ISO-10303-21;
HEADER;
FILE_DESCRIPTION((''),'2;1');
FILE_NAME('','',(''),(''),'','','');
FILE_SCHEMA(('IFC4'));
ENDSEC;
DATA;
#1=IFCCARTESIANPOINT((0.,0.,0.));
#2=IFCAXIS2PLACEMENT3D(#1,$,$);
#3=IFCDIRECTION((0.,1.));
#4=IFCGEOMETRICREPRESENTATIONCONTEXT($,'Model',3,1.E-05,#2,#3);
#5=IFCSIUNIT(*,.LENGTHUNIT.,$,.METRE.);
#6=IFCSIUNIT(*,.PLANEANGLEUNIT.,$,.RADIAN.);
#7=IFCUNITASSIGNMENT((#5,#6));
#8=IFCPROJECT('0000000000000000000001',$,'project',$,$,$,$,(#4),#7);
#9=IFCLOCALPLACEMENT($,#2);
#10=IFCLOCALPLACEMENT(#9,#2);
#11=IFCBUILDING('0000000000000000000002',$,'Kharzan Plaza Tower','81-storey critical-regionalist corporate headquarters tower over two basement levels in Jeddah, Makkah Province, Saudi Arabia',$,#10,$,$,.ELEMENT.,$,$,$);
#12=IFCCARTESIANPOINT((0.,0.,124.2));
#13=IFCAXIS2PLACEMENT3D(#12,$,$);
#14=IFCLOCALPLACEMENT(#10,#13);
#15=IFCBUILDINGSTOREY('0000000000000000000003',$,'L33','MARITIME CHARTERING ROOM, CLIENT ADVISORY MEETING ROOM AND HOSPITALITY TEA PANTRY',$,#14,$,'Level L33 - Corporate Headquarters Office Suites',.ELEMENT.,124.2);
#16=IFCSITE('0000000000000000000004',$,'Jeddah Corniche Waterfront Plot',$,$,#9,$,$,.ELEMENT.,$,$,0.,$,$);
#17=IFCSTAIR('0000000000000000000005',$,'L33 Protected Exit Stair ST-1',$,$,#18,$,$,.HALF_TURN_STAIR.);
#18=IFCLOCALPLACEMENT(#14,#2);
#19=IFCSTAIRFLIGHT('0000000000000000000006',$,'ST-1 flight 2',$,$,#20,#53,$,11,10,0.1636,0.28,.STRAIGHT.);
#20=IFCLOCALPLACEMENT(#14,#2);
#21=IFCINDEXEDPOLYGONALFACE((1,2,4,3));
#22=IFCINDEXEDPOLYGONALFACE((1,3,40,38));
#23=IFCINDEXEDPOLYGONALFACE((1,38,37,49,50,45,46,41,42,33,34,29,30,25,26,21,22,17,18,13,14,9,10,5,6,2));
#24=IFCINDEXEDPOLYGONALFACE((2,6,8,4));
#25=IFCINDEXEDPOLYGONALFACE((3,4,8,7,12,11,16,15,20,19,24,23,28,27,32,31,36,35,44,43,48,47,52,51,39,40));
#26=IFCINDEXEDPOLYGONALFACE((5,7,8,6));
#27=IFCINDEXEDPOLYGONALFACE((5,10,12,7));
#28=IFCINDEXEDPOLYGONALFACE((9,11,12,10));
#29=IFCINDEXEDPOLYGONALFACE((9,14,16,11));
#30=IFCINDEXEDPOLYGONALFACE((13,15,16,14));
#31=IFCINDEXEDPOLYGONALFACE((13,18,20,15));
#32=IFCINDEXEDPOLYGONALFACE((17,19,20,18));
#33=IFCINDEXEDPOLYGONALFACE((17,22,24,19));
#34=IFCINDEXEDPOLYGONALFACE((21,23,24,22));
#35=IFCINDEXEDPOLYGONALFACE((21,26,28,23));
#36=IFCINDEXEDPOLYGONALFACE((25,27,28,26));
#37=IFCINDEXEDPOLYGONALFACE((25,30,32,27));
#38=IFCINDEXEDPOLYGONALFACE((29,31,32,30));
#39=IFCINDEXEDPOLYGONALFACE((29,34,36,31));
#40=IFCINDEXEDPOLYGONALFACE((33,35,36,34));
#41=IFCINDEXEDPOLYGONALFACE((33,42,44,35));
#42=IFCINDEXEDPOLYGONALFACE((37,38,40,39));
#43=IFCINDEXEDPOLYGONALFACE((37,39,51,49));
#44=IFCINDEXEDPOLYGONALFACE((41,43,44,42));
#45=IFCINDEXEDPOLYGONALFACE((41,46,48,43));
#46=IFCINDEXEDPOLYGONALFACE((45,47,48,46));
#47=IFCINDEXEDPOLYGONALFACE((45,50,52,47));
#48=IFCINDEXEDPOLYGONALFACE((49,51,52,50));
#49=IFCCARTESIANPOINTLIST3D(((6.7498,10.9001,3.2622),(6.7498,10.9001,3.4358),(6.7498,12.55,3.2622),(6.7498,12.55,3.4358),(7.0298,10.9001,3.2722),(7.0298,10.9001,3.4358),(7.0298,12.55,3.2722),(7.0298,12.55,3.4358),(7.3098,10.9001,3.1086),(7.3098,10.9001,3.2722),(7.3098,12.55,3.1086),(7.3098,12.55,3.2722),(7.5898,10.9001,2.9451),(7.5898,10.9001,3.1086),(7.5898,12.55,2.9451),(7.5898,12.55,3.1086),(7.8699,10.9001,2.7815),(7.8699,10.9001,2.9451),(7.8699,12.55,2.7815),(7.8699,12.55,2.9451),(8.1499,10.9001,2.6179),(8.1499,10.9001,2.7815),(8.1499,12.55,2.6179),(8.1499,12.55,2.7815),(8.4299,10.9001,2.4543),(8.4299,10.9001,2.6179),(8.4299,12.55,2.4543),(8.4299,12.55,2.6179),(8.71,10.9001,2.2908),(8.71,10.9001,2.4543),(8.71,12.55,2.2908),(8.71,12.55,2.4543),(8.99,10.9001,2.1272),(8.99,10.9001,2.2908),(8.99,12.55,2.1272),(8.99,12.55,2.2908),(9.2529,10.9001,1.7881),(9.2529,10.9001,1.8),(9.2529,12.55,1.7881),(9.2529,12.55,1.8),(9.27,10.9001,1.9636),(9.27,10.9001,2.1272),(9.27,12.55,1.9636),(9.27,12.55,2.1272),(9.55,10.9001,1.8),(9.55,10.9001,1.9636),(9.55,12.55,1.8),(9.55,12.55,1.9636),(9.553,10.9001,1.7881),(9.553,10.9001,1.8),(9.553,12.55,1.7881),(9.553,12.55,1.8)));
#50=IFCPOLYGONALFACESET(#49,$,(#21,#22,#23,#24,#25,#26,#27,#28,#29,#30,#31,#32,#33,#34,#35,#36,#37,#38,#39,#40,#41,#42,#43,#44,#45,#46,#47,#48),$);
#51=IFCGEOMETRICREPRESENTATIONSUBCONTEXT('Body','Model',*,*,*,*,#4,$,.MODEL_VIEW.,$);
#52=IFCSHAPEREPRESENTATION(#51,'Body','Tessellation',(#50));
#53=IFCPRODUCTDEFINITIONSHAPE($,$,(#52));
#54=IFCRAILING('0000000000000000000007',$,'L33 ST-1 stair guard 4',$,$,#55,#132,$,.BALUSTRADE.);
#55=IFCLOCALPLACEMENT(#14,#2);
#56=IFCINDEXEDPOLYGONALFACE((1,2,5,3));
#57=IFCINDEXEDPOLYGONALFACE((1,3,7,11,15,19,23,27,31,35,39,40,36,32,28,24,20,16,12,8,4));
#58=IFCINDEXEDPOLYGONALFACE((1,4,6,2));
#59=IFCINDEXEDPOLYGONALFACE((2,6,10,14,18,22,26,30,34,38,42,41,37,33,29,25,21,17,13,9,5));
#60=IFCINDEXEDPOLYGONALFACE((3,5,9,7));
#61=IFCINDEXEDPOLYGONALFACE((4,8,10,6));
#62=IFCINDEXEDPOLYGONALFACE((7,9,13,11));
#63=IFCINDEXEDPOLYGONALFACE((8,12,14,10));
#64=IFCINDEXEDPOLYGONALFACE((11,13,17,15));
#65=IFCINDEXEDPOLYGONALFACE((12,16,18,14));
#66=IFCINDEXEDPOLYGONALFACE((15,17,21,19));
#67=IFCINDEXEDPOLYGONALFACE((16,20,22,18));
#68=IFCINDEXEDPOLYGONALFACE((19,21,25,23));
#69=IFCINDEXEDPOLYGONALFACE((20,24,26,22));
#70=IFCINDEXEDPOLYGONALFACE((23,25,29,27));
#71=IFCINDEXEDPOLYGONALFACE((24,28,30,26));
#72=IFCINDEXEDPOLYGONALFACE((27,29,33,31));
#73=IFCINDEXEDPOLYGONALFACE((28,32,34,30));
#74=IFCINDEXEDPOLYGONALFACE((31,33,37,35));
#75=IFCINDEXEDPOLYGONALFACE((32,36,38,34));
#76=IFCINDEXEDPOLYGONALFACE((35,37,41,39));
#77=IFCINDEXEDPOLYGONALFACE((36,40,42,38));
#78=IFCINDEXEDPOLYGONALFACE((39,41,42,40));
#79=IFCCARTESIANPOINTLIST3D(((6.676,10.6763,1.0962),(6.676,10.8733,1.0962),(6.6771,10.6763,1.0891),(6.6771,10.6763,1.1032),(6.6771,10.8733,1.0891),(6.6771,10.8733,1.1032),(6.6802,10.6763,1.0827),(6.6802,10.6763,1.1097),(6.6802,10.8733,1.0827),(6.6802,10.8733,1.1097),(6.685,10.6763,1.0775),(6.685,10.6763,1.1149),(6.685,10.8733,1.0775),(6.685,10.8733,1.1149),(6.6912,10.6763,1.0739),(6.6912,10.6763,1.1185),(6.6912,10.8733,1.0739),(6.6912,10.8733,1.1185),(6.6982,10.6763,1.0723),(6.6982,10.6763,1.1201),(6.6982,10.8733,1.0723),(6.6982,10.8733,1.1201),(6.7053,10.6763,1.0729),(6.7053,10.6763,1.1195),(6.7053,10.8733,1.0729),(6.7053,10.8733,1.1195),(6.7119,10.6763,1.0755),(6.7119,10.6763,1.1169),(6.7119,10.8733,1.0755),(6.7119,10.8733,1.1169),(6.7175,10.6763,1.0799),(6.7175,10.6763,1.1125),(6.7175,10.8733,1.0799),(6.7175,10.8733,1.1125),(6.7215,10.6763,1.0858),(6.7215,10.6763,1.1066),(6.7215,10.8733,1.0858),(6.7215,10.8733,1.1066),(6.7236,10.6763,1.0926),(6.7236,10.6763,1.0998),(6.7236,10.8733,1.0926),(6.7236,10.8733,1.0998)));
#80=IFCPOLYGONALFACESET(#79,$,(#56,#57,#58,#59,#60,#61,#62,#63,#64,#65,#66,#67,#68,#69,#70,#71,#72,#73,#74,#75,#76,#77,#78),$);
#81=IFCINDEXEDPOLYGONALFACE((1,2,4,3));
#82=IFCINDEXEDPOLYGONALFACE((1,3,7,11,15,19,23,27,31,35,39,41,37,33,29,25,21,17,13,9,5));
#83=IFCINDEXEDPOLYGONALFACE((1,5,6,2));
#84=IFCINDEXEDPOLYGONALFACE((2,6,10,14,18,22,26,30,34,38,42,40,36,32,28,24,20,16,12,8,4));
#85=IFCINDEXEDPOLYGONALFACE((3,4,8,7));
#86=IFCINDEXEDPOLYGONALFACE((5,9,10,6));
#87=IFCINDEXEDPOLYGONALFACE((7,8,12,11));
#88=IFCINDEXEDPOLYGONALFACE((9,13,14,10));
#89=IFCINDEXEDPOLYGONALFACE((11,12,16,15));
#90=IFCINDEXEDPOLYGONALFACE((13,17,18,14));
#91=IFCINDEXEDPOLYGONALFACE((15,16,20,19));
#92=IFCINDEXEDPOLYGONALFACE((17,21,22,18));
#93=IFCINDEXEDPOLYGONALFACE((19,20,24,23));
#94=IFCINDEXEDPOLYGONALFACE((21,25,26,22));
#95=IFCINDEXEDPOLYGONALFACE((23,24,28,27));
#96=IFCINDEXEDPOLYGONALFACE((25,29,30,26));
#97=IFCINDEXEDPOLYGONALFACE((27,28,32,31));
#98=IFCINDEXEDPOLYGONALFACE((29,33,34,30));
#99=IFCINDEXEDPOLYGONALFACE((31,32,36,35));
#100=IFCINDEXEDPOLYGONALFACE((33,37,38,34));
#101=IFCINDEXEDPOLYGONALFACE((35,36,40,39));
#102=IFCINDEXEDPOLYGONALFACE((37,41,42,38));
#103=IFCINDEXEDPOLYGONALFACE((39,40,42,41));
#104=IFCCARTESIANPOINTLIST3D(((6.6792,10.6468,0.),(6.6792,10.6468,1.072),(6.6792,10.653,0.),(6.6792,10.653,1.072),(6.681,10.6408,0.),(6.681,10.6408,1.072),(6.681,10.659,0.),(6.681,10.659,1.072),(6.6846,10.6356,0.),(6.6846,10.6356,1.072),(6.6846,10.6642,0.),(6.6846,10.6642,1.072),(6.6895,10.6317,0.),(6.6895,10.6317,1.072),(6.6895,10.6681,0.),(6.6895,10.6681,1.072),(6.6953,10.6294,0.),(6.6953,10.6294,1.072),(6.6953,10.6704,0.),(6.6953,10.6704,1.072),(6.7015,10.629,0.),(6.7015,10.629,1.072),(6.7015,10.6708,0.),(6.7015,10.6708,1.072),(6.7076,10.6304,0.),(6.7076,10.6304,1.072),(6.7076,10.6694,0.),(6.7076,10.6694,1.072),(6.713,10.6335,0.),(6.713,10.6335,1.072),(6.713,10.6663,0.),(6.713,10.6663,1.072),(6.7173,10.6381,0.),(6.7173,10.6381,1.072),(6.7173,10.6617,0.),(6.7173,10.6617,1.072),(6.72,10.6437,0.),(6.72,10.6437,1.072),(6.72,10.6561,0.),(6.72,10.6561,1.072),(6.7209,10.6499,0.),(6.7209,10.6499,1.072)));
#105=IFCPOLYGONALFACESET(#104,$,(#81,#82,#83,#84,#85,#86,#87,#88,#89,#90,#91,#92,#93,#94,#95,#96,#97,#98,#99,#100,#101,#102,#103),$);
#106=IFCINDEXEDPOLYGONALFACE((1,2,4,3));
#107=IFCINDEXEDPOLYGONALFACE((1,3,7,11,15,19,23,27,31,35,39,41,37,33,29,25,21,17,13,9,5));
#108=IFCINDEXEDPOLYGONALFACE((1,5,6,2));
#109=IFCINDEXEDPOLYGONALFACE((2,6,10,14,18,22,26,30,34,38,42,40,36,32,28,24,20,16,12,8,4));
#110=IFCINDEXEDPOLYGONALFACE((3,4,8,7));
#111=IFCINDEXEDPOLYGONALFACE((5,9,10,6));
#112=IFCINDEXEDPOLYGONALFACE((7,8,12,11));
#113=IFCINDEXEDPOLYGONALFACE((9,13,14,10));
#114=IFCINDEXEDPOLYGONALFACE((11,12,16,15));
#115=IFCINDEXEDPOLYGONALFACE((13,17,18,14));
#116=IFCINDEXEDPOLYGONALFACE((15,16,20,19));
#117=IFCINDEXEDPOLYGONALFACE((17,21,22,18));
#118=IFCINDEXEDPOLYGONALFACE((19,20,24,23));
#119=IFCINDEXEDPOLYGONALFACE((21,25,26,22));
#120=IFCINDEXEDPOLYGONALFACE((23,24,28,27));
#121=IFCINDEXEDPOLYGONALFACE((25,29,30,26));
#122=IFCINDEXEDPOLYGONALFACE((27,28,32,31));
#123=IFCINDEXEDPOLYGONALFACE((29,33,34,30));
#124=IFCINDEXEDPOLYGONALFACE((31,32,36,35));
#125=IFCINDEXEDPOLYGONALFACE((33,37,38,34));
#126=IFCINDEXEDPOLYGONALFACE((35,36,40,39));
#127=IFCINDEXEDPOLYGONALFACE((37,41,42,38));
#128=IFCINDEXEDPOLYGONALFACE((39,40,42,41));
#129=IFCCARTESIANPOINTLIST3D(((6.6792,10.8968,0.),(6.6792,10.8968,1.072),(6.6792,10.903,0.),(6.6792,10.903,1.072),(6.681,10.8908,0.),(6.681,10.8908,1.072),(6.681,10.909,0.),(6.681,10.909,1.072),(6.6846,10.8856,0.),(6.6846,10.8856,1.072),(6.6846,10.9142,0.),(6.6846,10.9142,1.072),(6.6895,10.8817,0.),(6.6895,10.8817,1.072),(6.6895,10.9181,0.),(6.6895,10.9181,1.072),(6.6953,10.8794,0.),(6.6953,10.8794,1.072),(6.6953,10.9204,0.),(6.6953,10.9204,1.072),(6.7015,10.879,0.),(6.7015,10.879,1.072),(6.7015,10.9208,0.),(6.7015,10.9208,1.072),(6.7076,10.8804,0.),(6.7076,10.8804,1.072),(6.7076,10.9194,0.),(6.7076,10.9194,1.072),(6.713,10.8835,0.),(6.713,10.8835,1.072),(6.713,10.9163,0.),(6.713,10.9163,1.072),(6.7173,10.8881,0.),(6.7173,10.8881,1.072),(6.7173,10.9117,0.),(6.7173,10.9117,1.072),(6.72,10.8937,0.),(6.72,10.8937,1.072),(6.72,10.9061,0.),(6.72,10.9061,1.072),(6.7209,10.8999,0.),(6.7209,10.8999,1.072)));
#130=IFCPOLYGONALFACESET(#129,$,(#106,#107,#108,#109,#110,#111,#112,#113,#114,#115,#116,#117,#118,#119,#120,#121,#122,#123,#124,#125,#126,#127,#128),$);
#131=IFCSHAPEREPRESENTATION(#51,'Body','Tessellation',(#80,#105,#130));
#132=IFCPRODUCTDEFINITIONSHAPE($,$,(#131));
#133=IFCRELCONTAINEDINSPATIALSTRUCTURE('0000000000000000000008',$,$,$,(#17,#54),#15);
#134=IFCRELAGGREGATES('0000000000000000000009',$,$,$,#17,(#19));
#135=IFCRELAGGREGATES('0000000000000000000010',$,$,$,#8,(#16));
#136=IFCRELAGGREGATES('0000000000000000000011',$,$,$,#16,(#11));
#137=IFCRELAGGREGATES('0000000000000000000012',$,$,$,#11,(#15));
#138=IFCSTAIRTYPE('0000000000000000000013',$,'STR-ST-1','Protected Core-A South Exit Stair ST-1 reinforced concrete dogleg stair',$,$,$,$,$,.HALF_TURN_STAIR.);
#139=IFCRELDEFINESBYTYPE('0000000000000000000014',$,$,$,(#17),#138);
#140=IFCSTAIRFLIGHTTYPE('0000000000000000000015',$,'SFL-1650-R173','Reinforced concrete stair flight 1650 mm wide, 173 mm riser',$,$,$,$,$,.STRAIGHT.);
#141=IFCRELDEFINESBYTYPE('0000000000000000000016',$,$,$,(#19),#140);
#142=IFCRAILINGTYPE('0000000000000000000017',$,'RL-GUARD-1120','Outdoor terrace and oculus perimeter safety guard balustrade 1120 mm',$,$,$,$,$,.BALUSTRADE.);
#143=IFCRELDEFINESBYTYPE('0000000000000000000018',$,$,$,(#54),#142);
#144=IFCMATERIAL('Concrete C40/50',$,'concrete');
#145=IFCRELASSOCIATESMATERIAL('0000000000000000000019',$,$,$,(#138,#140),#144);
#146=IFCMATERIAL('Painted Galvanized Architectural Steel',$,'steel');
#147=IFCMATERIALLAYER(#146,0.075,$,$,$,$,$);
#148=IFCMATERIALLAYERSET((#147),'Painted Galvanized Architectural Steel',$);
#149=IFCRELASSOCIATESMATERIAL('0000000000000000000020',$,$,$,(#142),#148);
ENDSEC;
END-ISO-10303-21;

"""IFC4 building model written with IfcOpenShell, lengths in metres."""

from ifc_helpers import new_model, si_unit, direction, frame, origin, origin_2d, place, context, subcontext, project, spatial, polyline, circle, outline, extrude, source, transform, mapped, material, layer, layer_set, type_object, element, aggregate, save


model = new_model("IFC4")

# Units and contexts
model_context = context("Model", 3, precision=1e-05, world=origin(), true_north=direction((0.0, 1.0)))
body_context = subcontext(model_context, "Body", "Model", "MODEL_VIEW")
ifc_project = project(units=[si_unit("LENGTHUNIT", "METRE"), si_unit("PLANEANGLEUNIT", "RADIAN")], contexts=[model_context])

# Site, building, storey
site_placement = place(None, origin())
site = spatial("IfcSite", under=ifc_project, at=site_placement, Name="Jeddah Corniche Waterfront Plot", CompositionType="ELEMENT", RefElevation=0.0)
building_placement = place(site_placement, origin())
building = spatial("IfcBuilding", under=site, at=building_placement, Name="Kharzan Plaza Tower", Description="81-storey critical-regionalist corporate headquarters tower over two basement levels in Jeddah, Makkah Province, Saudi Arabia", CompositionType="ELEMENT")
storey_placement = place(building_placement, frame((0.0, 0.0, 124.2)))
storey = spatial("IfcBuildingStorey", under=building, at=storey_placement, Name="L33", Description="MARITIME CHARTERING ROOM, CLIENT ADVISORY MEETING ROOM AND HOSPITALITY TEA PANTRY", LongName="Level L33 - Corporate Headquarters Office Suites", CompositionType="ELEMENT", Elevation=124.2)

# Shared definitions
ifc_material_1 = material(Name="Concrete C40/50", Category="concrete")

# Stair, stair flight
stair_type = type_object("IfcStairType", Name="STR-ST-1", Description="Protected Core-A South Exit Stair ST-1 reinforced concrete dogleg stair", PredefinedType="HALF_TURN_STAIR", material=ifc_material_1)
stair_placement = place(storey_placement, origin())
stair = element("IfcStair", 1, at=stair_placement, inside=storey, type_object=stair_type, Name="L33 Protected Exit Stair ST-1", PredefinedType="HALF_TURN_STAIR")
stair_flight_type = type_object("IfcStairFlightType", Name="SFL-1650-R173", Description="Reinforced concrete stair flight 1650 mm wide, 173 mm riser", PredefinedType="STRAIGHT", material=ifc_material_1)
shared_shape_1 = source(origin(), body_context, "Body", "SweptSolid", [
    extrude(outline(polyline([(-0.0029, -0.012), (-0.0029, 0.0), (0.0, 0.0), (0.0, 0.1636), (0.28, 0.1636), (0.28, 0.3271), (0.5601, 0.3271), (0.5601, 0.4907), (0.8401, 0.4907), (0.8401, 0.6543), (1.1201, 0.6543), (1.1201, 0.8179), (1.4001, 0.8179), (1.4001, 0.9814), (1.6802, 0.9814), (1.6802, 1.145), (1.9602, 1.145), (1.9602, 1.3086), (2.2402, 1.3086), (2.2402, 1.4722), (2.5203, 1.4722), (2.5203, 1.6357), (2.8003, 1.6357), (2.8003, 1.7993), (2.8003, 1.4622), (0.2971, 0.0), (0.2971, -0.012), (-0.0029, -0.012)])), frame((0.0, 0.825, 0.0), z_axis=(0.0, -1.0, 0.0), x_axis=(1.0, 0.0, 0.0)), (0.0, 0.0, 1.0), 1.6499),
])
stair_flight_placement = place(storey_placement, frame((9.55, 11.7251, 1.8), z_axis=(0.0, 0.0, 1.0), x_axis=(-1.0, 0.0, 0.0)))
stair_flight = element("IfcStairFlight", 2, at=stair_flight_placement, type_object=stair_flight_type, Name="ST-1 flight 2", NumberOfRisers=11, NumberOfTreads=10, PredefinedType="STRAIGHT", RiserHeight=0.1636, TreadLength=0.28, context=body_context, shape_type="MappedRepresentation", body=[
    mapped(shared_shape_1, transform((0.0, 0.0, 0.0), x_axis=(1.0, 0.0, 0.0), y_axis=(0.0, 1.0, 0.0), z_axis=(0.0, 0.0, 1.0))),
])
aggregate(stair, [stair_flight])

# Railing
ifc_material_2 = material(Name="Painted Galvanized Architectural Steel", Category="steel")
ifc_layer_1 = layer(ifc_material_2, 0.075)
ifc_layer_set_1 = layer_set([ifc_layer_1], Name="Painted Galvanized Architectural Steel")
railing_type = type_object("IfcRailingType", Name="RL-GUARD-1120", Description="Outdoor terrace and oculus perimeter safety guard balustrade 1120 mm", PredefinedType="BALUSTRADE", material=ifc_layer_set_1)
shared_shape_2 = source(origin(), body_context, "Body", "SweptSolid", [
    extrude(circle(Radius=0.0239, at=origin_2d()), frame((0.0, 0.0264, 1.0962), z_axis=(0.0, 1.0, 0.0), x_axis=(-1.0, 0.0, 0.0)), (0.0, 0.0, 1.0), 0.197),
    extrude(circle(Radius=0.021, at=origin_2d()), origin(), (0.0, 0.0, 1.0), 1.072),
    extrude(circle(Radius=0.021, at=origin_2d()), frame((0.0, 0.25, 0.0)), (0.0, 0.0, 1.0), 1.072),
])
railing_1_placement = place(storey_placement, frame((6.7, 10.6499, 0.0)))
element("IfcRailing", 3, at=railing_1_placement, inside=storey, type_object=railing_type, Name="L33 ST-1 stair guard 4", PredefinedType="BALUSTRADE", context=body_context, shape_type="MappedRepresentation", body=[
    mapped(shared_shape_2, transform((0.0, 0.0, 0.0), x_axis=(1.0, 0.0, 0.0), y_axis=(0.0, 1.0, 0.0), z_axis=(0.0, 0.0, 1.0))),
])

save(model, "model.ifc")
